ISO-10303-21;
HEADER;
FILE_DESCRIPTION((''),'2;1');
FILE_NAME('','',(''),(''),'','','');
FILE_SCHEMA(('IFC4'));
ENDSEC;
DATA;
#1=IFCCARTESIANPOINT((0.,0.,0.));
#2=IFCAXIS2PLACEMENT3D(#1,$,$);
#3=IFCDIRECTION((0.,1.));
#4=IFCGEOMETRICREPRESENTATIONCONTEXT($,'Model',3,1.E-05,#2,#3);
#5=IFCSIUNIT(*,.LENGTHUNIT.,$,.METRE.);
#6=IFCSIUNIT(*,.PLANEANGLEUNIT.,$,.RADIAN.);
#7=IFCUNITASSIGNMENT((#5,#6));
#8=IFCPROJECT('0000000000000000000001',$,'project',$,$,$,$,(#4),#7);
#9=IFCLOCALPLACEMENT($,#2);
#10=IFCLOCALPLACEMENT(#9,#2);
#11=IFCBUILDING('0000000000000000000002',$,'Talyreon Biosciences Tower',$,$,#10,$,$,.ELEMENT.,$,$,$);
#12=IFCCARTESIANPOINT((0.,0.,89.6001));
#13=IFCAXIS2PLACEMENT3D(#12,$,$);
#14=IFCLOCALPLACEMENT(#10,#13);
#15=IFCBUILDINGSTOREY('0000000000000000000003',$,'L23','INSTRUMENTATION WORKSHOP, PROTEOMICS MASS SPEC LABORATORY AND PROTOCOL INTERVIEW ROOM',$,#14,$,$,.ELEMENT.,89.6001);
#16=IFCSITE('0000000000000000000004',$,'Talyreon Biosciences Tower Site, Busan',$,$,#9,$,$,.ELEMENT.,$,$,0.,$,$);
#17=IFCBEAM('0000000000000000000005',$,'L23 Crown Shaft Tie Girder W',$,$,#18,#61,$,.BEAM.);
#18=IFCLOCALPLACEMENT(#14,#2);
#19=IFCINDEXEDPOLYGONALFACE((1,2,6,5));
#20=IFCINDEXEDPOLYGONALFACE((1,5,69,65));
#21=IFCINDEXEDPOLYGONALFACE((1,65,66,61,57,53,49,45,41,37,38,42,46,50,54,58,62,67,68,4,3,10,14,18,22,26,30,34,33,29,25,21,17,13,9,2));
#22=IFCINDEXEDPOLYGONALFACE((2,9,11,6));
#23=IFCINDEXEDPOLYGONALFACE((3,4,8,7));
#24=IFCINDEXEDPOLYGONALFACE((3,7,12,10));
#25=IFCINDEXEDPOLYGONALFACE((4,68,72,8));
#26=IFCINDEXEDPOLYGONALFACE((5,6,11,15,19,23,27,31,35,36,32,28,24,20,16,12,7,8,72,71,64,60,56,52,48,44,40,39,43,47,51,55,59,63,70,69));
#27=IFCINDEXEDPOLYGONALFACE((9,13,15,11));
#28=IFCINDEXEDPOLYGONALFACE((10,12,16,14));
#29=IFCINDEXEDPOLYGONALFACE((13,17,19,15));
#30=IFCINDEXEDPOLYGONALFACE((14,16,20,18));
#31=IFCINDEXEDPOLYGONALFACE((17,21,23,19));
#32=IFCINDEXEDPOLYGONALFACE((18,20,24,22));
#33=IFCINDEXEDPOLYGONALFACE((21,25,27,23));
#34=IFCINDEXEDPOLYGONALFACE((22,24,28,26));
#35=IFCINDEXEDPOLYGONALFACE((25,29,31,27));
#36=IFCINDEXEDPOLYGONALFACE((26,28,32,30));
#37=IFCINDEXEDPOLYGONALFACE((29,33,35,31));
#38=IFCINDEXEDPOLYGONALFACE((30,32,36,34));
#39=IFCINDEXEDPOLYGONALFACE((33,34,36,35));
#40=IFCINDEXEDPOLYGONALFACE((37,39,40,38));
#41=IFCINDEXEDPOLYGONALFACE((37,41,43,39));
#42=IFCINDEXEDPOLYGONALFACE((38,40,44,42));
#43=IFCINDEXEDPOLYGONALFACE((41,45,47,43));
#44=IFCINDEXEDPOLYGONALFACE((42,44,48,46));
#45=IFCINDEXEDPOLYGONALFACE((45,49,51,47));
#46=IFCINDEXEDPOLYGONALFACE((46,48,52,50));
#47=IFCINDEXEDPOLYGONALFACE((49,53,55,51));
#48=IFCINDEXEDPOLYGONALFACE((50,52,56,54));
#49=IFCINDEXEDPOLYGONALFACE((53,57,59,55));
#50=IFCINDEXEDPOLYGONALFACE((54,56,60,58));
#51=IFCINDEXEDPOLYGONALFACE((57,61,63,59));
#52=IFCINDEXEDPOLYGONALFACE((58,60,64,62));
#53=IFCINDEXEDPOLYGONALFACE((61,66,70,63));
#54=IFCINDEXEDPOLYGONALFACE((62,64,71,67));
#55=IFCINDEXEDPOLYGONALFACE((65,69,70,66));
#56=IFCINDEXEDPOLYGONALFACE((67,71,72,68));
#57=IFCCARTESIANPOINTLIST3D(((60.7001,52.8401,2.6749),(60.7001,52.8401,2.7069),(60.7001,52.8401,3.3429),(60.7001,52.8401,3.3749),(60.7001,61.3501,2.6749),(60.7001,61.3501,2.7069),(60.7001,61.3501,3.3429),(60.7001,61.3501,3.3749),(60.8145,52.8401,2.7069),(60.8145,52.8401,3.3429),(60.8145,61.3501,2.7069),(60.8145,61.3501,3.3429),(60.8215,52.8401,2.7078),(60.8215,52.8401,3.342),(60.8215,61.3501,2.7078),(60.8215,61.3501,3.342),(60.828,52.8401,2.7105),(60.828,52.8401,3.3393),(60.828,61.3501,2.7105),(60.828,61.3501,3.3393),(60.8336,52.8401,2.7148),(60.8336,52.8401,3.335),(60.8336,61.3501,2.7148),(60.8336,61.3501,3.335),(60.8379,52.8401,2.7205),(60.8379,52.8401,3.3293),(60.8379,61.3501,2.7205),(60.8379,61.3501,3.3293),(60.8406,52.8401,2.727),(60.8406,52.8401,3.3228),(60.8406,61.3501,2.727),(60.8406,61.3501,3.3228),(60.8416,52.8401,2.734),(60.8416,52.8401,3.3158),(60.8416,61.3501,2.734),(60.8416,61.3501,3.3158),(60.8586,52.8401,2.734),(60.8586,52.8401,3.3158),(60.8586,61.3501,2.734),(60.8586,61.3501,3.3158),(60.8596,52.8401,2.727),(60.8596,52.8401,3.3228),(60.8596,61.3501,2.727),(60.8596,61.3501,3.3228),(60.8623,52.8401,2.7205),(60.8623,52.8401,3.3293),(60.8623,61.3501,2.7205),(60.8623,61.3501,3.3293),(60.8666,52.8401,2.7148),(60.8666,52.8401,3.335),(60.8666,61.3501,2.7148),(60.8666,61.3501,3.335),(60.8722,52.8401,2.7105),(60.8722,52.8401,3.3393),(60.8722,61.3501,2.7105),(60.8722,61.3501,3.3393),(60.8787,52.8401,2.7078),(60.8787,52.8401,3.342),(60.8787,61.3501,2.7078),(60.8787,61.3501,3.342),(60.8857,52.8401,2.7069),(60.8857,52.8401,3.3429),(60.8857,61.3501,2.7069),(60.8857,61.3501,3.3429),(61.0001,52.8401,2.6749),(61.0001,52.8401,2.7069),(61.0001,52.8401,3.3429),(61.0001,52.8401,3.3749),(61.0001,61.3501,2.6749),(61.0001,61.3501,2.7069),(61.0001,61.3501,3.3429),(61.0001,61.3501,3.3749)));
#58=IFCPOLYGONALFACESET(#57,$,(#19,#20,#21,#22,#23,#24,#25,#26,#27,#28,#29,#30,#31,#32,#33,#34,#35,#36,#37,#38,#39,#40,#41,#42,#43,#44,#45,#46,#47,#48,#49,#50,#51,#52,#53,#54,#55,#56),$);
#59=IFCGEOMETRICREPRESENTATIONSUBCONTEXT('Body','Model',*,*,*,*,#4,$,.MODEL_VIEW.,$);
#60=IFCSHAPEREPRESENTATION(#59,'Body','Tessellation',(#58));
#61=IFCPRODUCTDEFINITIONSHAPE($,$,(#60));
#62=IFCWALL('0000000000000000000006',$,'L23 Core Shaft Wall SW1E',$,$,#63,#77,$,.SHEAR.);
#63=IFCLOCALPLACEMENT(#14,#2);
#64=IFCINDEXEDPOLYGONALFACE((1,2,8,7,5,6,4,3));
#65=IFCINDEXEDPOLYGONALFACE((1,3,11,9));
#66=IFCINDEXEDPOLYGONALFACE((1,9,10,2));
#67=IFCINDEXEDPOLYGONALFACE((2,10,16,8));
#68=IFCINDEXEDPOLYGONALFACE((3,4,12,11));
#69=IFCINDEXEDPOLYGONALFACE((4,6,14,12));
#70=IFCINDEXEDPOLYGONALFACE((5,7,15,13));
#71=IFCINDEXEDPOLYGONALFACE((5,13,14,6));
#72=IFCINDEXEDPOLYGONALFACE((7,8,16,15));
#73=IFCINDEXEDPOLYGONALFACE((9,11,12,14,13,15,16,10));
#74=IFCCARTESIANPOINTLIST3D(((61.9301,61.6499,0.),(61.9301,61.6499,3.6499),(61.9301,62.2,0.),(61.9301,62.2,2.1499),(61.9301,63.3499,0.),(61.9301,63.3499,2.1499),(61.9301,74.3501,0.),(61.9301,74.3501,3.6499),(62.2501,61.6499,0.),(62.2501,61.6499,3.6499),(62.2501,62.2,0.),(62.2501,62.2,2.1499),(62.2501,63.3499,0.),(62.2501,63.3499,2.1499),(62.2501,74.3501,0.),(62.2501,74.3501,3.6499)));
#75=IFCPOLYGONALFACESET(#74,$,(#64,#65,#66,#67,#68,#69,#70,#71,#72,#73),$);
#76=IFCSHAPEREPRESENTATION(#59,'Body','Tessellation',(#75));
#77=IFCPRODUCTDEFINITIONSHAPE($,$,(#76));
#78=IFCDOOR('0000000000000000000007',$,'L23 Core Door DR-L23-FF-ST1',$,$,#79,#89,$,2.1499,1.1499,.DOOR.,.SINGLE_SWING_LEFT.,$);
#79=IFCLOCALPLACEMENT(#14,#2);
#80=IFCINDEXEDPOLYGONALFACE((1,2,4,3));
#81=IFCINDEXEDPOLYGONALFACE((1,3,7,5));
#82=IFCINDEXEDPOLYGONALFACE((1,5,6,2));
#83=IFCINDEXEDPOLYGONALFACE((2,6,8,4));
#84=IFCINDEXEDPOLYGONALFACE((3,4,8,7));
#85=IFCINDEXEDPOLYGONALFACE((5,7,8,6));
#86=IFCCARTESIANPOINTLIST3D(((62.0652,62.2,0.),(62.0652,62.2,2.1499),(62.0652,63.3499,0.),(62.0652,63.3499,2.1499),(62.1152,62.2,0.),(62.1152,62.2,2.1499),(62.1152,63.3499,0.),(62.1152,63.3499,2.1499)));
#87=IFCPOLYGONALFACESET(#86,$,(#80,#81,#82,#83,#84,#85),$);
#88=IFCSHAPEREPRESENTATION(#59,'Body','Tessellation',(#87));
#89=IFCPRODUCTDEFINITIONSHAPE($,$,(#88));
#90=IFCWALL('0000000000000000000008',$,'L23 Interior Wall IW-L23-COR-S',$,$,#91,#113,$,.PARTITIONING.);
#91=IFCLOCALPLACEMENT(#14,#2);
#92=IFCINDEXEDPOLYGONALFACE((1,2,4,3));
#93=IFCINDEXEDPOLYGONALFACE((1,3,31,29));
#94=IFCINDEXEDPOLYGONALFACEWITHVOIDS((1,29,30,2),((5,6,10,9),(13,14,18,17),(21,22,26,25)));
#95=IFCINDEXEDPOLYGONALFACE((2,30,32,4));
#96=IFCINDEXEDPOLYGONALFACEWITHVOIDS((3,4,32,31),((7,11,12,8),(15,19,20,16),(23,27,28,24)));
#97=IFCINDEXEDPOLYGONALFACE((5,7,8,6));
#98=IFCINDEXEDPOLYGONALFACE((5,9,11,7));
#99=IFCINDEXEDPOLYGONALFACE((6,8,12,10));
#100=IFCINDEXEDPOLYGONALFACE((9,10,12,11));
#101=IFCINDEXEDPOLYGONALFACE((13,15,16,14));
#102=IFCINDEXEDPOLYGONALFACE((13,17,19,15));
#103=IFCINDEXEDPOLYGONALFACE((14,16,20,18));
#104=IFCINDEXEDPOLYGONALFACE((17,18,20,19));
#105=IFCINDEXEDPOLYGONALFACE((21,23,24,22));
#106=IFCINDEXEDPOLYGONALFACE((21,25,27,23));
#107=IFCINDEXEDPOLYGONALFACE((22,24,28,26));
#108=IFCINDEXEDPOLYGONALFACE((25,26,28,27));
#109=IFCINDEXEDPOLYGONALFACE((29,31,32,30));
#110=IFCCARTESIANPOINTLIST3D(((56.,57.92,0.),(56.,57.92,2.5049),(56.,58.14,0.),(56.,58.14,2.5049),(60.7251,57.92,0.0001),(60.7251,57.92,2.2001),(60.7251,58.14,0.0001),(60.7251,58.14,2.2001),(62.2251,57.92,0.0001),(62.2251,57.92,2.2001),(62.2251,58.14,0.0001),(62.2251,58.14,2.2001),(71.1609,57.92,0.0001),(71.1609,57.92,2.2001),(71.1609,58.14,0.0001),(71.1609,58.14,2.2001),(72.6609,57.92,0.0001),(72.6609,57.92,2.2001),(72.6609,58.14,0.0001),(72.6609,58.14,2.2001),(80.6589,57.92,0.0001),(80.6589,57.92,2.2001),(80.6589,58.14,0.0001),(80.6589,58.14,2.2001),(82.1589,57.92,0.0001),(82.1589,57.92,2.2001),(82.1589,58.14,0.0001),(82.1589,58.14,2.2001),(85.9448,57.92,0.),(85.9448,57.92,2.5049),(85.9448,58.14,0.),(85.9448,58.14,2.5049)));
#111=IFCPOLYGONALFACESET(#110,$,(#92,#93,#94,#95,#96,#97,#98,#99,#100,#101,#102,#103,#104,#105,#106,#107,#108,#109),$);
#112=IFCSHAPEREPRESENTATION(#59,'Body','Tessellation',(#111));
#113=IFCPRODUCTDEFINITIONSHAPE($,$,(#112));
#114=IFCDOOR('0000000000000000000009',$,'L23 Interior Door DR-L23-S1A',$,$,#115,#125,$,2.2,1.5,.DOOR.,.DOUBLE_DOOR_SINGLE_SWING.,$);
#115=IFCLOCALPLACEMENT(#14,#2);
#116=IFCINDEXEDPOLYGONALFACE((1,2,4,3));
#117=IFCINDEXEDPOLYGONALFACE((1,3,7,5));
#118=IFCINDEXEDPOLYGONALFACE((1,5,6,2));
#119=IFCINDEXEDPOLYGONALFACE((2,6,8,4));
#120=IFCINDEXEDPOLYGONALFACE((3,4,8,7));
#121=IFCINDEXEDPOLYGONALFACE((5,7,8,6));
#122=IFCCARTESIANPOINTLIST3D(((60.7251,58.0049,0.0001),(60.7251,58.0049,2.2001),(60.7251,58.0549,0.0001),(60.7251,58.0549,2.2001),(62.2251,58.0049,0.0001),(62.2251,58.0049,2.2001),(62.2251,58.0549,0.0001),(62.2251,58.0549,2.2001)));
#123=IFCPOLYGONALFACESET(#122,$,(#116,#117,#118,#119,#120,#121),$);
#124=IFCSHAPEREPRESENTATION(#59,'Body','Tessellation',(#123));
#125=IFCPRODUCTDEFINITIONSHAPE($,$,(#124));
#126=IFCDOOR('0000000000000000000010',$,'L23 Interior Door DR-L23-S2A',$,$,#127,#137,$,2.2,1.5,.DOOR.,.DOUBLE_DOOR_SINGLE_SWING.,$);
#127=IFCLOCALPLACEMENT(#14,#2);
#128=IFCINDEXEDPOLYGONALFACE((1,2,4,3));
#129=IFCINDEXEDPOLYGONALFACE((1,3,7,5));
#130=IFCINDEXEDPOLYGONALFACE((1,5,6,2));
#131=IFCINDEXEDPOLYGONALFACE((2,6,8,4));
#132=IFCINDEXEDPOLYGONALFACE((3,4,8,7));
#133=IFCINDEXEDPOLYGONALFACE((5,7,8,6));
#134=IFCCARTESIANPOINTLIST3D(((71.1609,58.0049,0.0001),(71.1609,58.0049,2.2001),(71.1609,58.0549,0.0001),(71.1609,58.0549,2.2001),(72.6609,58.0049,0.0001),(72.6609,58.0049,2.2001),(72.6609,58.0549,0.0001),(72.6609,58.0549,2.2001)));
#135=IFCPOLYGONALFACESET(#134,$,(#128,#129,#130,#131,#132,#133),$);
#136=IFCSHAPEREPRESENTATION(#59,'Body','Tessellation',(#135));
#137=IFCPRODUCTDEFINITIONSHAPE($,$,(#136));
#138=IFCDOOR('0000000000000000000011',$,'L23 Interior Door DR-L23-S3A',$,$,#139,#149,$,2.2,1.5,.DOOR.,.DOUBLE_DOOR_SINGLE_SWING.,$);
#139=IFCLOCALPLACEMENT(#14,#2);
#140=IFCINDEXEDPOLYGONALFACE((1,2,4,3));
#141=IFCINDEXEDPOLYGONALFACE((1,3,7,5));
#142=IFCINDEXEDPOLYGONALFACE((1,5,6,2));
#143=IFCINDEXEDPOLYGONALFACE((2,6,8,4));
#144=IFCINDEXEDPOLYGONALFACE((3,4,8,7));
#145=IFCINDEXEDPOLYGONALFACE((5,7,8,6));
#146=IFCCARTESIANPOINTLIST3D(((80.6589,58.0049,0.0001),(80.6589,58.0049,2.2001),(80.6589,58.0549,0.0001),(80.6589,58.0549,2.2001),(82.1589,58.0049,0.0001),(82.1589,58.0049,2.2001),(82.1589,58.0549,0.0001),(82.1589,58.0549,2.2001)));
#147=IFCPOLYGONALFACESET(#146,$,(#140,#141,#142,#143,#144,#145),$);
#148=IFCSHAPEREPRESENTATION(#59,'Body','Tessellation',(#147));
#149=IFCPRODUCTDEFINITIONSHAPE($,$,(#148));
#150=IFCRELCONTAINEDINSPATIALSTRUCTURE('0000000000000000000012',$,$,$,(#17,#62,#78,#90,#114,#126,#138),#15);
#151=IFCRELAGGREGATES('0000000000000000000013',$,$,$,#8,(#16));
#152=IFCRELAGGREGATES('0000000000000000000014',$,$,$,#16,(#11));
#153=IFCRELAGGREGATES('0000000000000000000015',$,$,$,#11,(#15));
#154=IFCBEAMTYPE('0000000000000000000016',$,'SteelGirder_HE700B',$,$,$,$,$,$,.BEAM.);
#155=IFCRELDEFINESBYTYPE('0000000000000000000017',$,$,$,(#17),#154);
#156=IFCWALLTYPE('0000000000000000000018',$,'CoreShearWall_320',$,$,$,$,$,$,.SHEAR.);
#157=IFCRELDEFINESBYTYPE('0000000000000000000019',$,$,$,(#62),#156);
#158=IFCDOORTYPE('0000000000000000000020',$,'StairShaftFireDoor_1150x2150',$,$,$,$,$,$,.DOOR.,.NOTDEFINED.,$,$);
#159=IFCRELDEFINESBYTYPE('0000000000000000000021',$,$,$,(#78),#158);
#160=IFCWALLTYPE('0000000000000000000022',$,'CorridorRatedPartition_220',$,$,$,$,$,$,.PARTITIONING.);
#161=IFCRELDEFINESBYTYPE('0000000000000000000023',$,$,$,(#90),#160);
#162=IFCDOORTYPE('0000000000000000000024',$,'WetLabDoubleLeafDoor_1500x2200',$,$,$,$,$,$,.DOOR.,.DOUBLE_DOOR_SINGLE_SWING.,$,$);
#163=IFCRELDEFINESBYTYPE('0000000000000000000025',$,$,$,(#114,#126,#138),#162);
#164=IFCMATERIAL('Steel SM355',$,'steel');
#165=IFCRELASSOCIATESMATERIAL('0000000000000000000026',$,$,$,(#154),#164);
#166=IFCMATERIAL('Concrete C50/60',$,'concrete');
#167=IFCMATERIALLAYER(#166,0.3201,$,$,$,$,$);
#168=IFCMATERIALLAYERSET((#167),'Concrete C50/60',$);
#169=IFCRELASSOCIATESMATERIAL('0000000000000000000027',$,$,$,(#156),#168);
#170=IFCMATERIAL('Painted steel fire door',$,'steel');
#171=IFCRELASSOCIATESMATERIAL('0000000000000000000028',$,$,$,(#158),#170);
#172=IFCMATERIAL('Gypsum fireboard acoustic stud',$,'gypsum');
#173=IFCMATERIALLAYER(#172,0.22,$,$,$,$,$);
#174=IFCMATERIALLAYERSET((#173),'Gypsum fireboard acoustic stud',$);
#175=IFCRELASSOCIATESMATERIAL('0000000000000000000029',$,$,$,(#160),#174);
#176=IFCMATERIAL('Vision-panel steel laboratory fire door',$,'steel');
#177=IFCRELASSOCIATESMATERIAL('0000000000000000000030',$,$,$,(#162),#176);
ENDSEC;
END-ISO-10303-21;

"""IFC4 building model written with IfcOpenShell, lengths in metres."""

from ifc_helpers import new_model, si_unit, direction, frame, frame_2d, origin, origin_2d, place, context, subcontext, project, spatial, rectangle, i_section, extrude, material, layer, layer_set, material_profile, profile_set, type_object, element, fill, save


model = new_model("IFC4")

# Units and contexts
model_context = context("Model", 3, precision=1e-05, world=origin(), true_north=direction((0.0, 1.0)))
body_context = subcontext(model_context, "Body", "Model", "MODEL_VIEW")
ifc_project = project(units=[si_unit("LENGTHUNIT", "METRE"), si_unit("PLANEANGLEUNIT", "RADIAN")], contexts=[model_context])

# Site, building, storey
site_placement = place(None, origin())
site = spatial("IfcSite", under=ifc_project, at=site_placement, Name="Talyreon Biosciences Tower Site, Busan", CompositionType="ELEMENT", RefElevation=0.0)
building_placement = place(site_placement, origin())
building = spatial("IfcBuilding", under=site, at=building_placement, Name="Talyreon Biosciences Tower", CompositionType="ELEMENT")
storey_placement = place(building_placement, frame((0.0, 0.0, 89.6001)))
storey = spatial("IfcBuildingStorey", under=building, at=storey_placement, Name="L23", Description="INSTRUMENTATION WORKSHOP, PROTEOMICS MASS SPEC LABORATORY AND PROTOCOL INTERVIEW ROOM", CompositionType="ELEMENT", Elevation=89.6001)

# Shared definitions
ifc_material_1 = material(Name="Concrete C50/60", Category="concrete")

# Beam
ifc_material_2 = material(Name="Steel SM355", Category="steel")
ifc_material_profile_1 = material_profile(ifc_material_2, i_section(OverallWidth=0.3, OverallDepth=0.7, WebThickness=0.0171, FlangeThickness=0.032, FilletRadius=0.0271, at=origin_2d()), Name="HE700B")
ifc_profile_set_1 = profile_set([ifc_material_profile_1], Name="Steel SM355")
beam_type = type_object("IfcBeamType", Name="SteelGirder_HE700B", PredefinedType="BEAM", material=ifc_profile_set_1)
beam_1_placement = place(storey_placement, frame((60.8501, 52.8401, 3.0249), z_axis=(0.0, 1.0, 0.0), x_axis=(-1.0, 0.0, 0.0)))
element("IfcBeam", 1, at=beam_1_placement, inside=storey, type_object=beam_type, Name="L23 Crown Shaft Tie Girder W", PredefinedType="BEAM", context=body_context, shape_type="SweptSolid", body=[
    extrude(i_section(OverallWidth=0.3, OverallDepth=0.7, WebThickness=0.0171, FlangeThickness=0.032, FilletRadius=0.0271, at=origin_2d()), origin(), (0.0, 0.0, 1.0), 8.51),
])

# Wall, opening, door
ifc_layer_1 = layer(ifc_material_1, 0.3201)
ifc_layer_set_1 = layer_set([ifc_layer_1], Name="Concrete C50/60")
wall_type_1 = type_object("IfcWallType", Name="CoreShearWall_320", PredefinedType="SHEAR", material=ifc_layer_set_1)
wall_1_placement = place(storey_placement, frame((62.0901, 61.6499, 0.0), z_axis=(0.0, 0.0, 1.0), x_axis=(0.0, 1.0, 0.0)))
wall_1 = element("IfcWall", 2, at=wall_1_placement, inside=storey, type_object=wall_type_1, Name="L23 Core Shaft Wall SW1E", PredefinedType="SHEAR", context=body_context, shape_type="SweptSolid", body=[
    extrude(rectangle(XDim=12.7002, YDim=0.3201, at=frame_2d((6.3501, 0.0))), origin(), (0.0, 0.0, 1.0), 3.6499),
])
opening_1_placement = place(wall_1_placement, frame((0.55, 0.0, 0.0)))
opening_1 = element("IfcOpeningElement", 3, at=opening_1_placement, cuts=wall_1, PredefinedType="OPENING", context=body_context, shape_type="SweptSolid", body=[
    extrude(rectangle(XDim=1.1499, YDim=2.1499, at=frame_2d((0.575, 1.075))), frame((0.0, 0.1699, 0.0), z_axis=(0.0, -1.0, 0.0), x_axis=(1.0, 0.0, 0.0)), (0.0, 0.0, 1.0), 0.3401),
])
ifc_material_3 = material(Name="Painted steel fire door", Category="steel")
door_type_1 = type_object("IfcDoorType", Name="StairShaftFireDoor_1150x2150", OperationType="NOTDEFINED", PredefinedType="DOOR", material=ifc_material_3)
door_1_placement = place(opening_1_placement, origin())
door_1 = element("IfcDoor", 4, at=door_1_placement, inside=storey, type_object=door_type_1, Name="L23 Core Door DR-L23-FF-ST1", OperationType="SINGLE_SWING_LEFT", OverallHeight=2.1499, OverallWidth=1.1499, PredefinedType="DOOR", context=body_context, shape_type="SweptSolid", body=[
    extrude(rectangle(XDim=1.1499, YDim=2.1499, at=frame_2d((0.575, 1.075))), frame((0.0, 0.0249, 0.0), z_axis=(0.0, -1.0, 0.0), x_axis=(1.0, 0.0, 0.0)), (0.0, 0.0, 1.0), 0.05),
])
fill(opening_1, door_1)

# Wall, openings, doors
ifc_material_4 = material(Name="Gypsum fireboard acoustic stud", Category="gypsum")
ifc_layer_2 = layer(ifc_material_4, 0.22)
ifc_layer_set_2 = layer_set([ifc_layer_2], Name="Gypsum fireboard acoustic stud")
wall_type_2 = type_object("IfcWallType", Name="CorridorRatedPartition_220", PredefinedType="PARTITIONING", material=ifc_layer_set_2)
wall_2_placement = place(storey_placement, frame((56.0, 58.03, 0.0), z_axis=(0.0, 0.0, 1.0), x_axis=(1.0, 0.0, 0.0)))
wall_2 = element("IfcWall", 5, at=wall_2_placement, inside=storey, type_object=wall_type_2, Name="L23 Interior Wall IW-L23-COR-S", PredefinedType="PARTITIONING", context=body_context, shape_type="SweptSolid", body=[
    extrude(rectangle(XDim=29.9448, YDim=0.22, at=frame_2d((14.9724, 0.0))), origin(), (0.0, 0.0, 1.0), 2.5049),
])
opening_2_placement = place(wall_2_placement, frame((4.7251, 0.0, 0.0)))
opening_2 = element("IfcOpeningElement", 6, at=opening_2_placement, cuts=wall_2, PredefinedType="OPENING", context=body_context, shape_type="SweptSolid", body=[
    extrude(rectangle(XDim=1.5, YDim=2.2, at=frame_2d((0.75, 1.1001))), frame((0.0, 0.1199, 0.0), z_axis=(0.0, -1.0, 0.0), x_axis=(1.0, 0.0, 0.0)), (0.0, 0.0, 1.0), 0.24),
])
opening_3_placement = place(wall_2_placement, frame((15.1609, 0.0, 0.0)))
opening_3 = element("IfcOpeningElement", 7, at=opening_3_placement, cuts=wall_2, PredefinedType="OPENING", context=body_context, shape_type="SweptSolid", body=[
    extrude(rectangle(XDim=1.5, YDim=2.2, at=frame_2d((0.75, 1.1001))), frame((0.0, 0.1199, 0.0), z_axis=(0.0, -1.0, 0.0), x_axis=(1.0, 0.0, 0.0)), (0.0, 0.0, 1.0), 0.24),
])
opening_4_placement = place(wall_2_placement, frame((24.6589, 0.0, 0.0)))
opening_4 = element("IfcOpeningElement", 8, at=opening_4_placement, cuts=wall_2, PredefinedType="OPENING", context=body_context, shape_type="SweptSolid", body=[
    extrude(rectangle(XDim=1.5, YDim=2.2, at=frame_2d((0.75, 1.1001))), frame((0.0, 0.1199, 0.0), z_axis=(0.0, -1.0, 0.0), x_axis=(1.0, 0.0, 0.0)), (0.0, 0.0, 1.0), 0.24),
])
ifc_material_5 = material(Name="Vision-panel steel laboratory fire door", Category="steel")
door_type_2 = type_object("IfcDoorType", Name="WetLabDoubleLeafDoor_1500x2200", OperationType="DOUBLE_DOOR_SINGLE_SWING", PredefinedType="DOOR", material=ifc_material_5)
door_2_placement = place(opening_2_placement, origin())
door_2 = element("IfcDoor", 9, at=door_2_placement, inside=storey, type_object=door_type_2, Name="L23 Interior Door DR-L23-S1A", OperationType="DOUBLE_DOOR_SINGLE_SWING", OverallHeight=2.2, OverallWidth=1.5, PredefinedType="DOOR", context=body_context, shape_type="SweptSolid", body=[
    extrude(rectangle(XDim=1.5, YDim=2.2, at=frame_2d((0.75, 1.1001))), frame((0.0, 0.0249, 0.0), z_axis=(0.0, -1.0, 0.0), x_axis=(1.0, 0.0, 0.0)), (0.0, 0.0, 1.0), 0.05),
])
fill(opening_2, door_2)
door_3_placement = place(opening_3_placement, origin())
door_3 = element("IfcDoor", 10, at=door_3_placement, inside=storey, type_object=door_type_2, Name="L23 Interior Door DR-L23-S2A", OperationType="DOUBLE_DOOR_SINGLE_SWING", OverallHeight=2.2, OverallWidth=1.5, PredefinedType="DOOR", context=body_context, shape_type="SweptSolid", body=[
    extrude(rectangle(XDim=1.5, YDim=2.2, at=frame_2d((0.75, 1.1001))), frame((0.0, 0.0249, 0.0), z_axis=(0.0, -1.0, 0.0), x_axis=(1.0, 0.0, 0.0)), (0.0, 0.0, 1.0), 0.05),
])
fill(opening_3, door_3)
door_4_placement = place(opening_4_placement, origin())
door_4 = element("IfcDoor", 11, at=door_4_placement, inside=storey, type_object=door_type_2, Name="L23 Interior Door DR-L23-S3A", OperationType="DOUBLE_DOOR_SINGLE_SWING", OverallHeight=2.2, OverallWidth=1.5, PredefinedType="DOOR", context=body_context, shape_type="SweptSolid", body=[
    extrude(rectangle(XDim=1.5, YDim=2.2, at=frame_2d((0.75, 1.1001))), frame((0.0, 0.0249, 0.0), z_axis=(0.0, -1.0, 0.0), x_axis=(1.0, 0.0, 0.0)), (0.0, 0.0, 1.0), 0.05),
])
fill(opening_4, door_4)

save(model, "model.ifc")
